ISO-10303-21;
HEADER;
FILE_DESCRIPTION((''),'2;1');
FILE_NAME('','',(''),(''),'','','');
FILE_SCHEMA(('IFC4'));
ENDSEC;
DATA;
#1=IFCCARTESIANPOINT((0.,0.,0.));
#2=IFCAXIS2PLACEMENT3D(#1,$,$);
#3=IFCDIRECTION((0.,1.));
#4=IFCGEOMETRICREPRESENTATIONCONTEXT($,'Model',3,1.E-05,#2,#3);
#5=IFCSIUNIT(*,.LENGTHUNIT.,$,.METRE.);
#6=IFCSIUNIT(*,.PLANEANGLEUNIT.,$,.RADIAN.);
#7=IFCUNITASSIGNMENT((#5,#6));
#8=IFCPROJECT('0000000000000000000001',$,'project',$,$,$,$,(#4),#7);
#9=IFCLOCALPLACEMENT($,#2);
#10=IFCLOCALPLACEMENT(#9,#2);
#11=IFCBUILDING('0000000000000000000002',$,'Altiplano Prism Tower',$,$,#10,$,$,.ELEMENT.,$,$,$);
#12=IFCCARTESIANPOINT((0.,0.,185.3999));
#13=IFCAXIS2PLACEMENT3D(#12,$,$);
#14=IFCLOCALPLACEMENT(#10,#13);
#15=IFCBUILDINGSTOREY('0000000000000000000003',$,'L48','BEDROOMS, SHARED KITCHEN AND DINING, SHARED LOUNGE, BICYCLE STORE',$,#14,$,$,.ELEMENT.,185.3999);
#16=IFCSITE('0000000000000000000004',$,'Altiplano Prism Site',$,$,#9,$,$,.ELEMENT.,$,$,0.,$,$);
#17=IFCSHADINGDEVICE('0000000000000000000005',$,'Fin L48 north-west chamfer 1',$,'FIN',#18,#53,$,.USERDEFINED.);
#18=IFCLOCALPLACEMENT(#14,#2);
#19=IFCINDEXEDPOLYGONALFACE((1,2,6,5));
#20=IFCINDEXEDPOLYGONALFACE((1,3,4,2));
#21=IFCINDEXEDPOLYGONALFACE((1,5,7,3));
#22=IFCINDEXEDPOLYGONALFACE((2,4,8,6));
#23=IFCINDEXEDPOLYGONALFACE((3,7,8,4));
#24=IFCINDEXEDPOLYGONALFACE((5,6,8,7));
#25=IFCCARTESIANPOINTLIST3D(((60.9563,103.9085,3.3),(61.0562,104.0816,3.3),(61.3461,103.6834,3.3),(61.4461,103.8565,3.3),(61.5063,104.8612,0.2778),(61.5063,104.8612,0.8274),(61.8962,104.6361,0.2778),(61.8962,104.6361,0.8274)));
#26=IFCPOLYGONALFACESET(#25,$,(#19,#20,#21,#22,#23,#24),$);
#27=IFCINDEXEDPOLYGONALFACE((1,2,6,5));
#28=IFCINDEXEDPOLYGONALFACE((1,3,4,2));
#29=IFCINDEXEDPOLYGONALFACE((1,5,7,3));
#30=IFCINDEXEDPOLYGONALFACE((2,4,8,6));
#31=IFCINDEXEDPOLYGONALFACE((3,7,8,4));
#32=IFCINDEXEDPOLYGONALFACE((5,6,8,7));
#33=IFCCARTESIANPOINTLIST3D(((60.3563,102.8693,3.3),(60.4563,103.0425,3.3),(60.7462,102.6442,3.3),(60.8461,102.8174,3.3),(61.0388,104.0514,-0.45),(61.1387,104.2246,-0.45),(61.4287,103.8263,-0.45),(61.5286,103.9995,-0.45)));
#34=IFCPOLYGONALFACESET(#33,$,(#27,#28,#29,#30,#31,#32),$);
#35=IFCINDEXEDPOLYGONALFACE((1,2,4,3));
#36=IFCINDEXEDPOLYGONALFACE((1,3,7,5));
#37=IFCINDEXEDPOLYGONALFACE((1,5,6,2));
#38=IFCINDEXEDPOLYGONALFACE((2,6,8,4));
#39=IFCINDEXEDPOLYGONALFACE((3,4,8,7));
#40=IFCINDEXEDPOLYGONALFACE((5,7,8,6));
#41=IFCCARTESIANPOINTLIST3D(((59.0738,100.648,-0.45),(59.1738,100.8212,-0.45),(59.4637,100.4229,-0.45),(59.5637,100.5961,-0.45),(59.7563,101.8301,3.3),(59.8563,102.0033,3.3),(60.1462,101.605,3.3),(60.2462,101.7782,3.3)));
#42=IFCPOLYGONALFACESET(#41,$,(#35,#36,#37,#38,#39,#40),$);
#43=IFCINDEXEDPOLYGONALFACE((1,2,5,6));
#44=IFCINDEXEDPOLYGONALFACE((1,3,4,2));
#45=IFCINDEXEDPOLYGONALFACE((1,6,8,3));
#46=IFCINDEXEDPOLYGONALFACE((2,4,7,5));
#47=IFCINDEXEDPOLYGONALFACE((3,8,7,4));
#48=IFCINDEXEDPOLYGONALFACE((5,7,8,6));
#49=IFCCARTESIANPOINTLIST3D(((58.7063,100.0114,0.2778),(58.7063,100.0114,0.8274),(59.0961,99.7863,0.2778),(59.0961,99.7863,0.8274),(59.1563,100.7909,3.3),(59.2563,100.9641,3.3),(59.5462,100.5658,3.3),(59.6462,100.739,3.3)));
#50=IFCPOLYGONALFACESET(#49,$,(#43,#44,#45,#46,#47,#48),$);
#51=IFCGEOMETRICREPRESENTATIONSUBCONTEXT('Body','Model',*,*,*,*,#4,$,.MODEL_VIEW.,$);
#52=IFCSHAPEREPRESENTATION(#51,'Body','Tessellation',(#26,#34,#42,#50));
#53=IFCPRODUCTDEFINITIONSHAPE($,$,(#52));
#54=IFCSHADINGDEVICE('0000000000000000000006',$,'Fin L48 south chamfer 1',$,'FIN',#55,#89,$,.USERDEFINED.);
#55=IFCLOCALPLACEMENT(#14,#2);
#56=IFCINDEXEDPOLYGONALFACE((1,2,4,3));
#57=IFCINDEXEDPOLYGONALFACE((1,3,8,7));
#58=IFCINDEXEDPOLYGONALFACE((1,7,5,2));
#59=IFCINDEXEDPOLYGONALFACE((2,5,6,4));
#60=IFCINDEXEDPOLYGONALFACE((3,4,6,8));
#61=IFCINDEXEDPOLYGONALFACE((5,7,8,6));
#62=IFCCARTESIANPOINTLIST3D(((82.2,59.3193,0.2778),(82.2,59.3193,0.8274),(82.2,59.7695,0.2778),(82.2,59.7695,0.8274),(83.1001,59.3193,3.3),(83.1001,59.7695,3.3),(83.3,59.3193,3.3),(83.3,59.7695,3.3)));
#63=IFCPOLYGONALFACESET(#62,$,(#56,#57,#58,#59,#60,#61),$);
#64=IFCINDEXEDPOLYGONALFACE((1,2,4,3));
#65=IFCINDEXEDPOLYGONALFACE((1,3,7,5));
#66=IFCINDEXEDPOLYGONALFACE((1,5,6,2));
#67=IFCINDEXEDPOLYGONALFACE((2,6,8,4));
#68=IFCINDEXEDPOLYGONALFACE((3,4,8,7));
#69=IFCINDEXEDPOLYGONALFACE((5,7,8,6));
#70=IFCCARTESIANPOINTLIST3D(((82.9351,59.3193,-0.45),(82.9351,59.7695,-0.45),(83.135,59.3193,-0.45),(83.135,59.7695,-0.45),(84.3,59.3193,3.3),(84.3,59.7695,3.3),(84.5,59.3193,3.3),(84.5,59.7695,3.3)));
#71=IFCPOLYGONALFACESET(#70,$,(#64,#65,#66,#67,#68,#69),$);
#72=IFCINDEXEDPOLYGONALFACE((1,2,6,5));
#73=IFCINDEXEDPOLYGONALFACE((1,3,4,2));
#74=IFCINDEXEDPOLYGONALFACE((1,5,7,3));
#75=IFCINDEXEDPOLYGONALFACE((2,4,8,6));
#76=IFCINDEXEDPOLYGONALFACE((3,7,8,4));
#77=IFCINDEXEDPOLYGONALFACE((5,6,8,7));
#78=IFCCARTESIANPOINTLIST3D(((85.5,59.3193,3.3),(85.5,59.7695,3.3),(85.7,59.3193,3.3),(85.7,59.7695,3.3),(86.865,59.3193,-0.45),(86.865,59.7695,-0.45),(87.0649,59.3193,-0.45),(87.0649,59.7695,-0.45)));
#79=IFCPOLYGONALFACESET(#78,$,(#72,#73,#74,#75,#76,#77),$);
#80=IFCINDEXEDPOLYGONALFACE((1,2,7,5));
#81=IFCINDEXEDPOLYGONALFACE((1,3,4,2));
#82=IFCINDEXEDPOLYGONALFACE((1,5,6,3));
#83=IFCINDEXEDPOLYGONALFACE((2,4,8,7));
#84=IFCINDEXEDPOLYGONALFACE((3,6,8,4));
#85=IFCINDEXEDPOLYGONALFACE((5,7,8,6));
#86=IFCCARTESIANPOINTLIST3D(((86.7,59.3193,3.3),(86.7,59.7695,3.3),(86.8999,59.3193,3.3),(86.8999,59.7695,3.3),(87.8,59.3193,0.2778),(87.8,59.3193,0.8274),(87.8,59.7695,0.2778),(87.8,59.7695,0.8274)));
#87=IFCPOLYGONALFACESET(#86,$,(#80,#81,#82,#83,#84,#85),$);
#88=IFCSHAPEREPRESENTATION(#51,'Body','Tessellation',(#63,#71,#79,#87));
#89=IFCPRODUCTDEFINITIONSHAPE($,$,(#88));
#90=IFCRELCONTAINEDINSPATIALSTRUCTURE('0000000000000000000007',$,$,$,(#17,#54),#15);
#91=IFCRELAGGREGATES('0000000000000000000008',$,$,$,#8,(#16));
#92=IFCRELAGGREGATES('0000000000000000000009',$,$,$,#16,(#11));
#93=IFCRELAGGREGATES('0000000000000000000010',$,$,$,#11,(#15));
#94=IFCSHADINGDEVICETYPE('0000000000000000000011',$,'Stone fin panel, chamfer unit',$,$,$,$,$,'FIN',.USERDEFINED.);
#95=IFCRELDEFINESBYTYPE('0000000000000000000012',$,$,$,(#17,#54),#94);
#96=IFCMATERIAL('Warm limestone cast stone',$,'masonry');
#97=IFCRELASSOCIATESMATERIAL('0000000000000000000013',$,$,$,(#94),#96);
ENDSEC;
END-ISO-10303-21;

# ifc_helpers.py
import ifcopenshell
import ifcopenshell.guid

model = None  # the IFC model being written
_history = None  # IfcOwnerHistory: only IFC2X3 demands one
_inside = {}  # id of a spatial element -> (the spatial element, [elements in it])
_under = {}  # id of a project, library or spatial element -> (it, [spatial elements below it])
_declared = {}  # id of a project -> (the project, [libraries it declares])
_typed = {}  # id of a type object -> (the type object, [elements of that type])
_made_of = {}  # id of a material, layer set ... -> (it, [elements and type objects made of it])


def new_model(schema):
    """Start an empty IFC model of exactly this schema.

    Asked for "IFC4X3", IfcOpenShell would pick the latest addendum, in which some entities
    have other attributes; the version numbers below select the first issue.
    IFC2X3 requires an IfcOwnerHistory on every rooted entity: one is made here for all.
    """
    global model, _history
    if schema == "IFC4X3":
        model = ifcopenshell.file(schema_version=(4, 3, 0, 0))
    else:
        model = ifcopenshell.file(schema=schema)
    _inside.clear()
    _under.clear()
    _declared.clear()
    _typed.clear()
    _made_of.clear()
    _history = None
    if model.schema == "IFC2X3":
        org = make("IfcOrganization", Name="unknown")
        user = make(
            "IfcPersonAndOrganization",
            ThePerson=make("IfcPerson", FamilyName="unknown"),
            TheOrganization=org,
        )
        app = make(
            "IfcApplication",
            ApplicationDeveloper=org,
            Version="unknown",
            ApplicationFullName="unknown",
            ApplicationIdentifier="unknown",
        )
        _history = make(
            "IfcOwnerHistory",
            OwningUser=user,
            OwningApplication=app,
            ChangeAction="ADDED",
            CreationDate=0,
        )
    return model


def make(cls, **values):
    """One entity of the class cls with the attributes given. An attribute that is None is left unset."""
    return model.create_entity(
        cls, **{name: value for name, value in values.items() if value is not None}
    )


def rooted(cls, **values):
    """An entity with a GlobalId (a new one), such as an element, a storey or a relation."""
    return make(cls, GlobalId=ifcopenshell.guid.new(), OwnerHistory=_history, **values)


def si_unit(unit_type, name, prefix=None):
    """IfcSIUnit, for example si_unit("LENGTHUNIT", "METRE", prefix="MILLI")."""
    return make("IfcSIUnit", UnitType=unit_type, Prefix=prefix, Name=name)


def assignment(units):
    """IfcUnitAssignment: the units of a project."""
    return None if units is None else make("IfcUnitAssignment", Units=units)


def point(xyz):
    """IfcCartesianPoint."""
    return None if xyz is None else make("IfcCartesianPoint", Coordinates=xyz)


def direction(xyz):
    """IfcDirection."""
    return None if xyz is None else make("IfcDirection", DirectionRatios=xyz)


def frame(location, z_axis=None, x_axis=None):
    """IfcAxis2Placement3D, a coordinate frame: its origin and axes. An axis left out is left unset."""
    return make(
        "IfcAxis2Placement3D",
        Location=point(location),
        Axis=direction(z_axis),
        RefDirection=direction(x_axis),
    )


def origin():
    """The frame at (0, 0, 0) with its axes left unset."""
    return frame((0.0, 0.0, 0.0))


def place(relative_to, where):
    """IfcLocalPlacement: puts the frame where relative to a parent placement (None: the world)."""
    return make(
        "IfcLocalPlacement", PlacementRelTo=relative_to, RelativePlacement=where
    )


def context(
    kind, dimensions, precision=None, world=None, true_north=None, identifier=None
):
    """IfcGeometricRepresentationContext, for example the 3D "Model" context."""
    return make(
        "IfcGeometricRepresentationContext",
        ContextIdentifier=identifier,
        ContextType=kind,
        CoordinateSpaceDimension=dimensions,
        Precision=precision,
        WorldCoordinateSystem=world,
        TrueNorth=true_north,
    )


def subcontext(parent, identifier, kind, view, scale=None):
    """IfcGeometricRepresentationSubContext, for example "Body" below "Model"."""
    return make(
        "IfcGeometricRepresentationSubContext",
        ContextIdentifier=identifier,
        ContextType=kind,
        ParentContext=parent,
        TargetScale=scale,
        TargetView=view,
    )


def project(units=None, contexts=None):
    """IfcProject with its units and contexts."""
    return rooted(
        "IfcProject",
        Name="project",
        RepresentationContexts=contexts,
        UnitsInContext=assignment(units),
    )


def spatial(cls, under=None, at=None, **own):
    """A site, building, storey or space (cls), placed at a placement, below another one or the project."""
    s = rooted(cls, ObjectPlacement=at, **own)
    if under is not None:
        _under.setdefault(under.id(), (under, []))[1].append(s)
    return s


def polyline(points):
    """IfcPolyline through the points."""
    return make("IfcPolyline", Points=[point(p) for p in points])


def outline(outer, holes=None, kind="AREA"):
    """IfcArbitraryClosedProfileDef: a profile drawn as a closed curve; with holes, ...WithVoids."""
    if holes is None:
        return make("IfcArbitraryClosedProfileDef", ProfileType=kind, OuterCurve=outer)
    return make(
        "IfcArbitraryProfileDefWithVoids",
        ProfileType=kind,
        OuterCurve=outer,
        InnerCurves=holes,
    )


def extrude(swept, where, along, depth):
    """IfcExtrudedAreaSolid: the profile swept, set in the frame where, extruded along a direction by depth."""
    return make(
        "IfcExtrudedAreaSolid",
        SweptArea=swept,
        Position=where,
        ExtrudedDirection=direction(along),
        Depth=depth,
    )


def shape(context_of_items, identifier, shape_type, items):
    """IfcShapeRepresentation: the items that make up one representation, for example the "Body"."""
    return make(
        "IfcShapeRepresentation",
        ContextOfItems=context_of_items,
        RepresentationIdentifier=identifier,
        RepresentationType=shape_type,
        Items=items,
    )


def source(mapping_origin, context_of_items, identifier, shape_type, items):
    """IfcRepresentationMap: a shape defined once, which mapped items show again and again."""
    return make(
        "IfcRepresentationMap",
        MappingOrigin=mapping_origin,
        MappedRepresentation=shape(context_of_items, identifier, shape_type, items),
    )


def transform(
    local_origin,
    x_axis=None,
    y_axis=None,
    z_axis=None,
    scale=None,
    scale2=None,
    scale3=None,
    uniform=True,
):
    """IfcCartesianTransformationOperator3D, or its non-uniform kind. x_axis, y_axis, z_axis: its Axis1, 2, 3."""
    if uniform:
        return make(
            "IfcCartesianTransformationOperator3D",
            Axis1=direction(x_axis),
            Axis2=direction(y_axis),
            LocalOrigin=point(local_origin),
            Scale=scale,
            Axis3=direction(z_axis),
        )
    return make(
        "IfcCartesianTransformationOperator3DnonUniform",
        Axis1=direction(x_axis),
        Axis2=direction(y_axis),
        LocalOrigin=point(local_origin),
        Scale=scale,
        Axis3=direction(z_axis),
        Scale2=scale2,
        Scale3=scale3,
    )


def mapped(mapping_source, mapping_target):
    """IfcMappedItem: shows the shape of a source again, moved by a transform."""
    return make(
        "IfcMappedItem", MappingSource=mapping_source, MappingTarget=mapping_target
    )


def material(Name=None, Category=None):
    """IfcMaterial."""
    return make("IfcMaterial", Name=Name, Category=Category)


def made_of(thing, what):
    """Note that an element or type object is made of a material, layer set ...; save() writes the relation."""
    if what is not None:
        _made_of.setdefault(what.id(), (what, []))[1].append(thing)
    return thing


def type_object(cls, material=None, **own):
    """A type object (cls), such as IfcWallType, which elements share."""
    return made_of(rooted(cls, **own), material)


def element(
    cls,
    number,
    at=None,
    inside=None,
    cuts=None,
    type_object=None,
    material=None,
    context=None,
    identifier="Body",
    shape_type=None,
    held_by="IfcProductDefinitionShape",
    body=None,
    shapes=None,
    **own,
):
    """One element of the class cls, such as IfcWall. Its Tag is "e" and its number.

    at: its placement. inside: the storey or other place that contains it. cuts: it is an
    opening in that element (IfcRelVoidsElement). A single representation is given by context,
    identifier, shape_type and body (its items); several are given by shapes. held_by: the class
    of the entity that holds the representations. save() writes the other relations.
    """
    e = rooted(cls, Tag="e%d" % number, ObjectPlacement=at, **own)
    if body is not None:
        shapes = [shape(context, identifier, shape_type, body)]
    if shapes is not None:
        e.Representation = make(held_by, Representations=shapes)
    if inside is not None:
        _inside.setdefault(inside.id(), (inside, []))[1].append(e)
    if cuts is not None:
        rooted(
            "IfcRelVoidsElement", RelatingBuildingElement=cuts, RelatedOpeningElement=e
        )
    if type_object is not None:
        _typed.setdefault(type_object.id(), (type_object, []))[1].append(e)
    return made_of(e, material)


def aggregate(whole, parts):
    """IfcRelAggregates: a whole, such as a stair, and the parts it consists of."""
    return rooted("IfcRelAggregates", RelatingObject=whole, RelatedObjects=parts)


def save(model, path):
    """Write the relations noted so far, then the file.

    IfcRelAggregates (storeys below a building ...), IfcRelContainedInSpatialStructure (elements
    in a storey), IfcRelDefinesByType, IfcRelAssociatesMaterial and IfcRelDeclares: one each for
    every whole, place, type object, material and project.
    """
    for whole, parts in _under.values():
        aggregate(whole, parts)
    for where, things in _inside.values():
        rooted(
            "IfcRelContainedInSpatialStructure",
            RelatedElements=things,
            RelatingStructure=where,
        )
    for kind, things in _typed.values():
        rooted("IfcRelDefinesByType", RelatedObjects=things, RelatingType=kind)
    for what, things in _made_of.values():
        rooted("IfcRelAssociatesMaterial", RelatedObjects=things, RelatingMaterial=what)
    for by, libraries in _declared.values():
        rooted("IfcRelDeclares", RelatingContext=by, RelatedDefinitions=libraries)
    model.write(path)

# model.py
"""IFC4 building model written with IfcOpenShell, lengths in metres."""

from ifc_helpers import new_model, si_unit, direction, frame, origin, place, context, subcontext, project, spatial, polyline, outline, extrude, source, transform, mapped, material, type_object, element, save


model = new_model("IFC4")

# Units and contexts
model_context = context("Model", 3, precision=1e-05, world=origin(), true_north=direction((0.0, 1.0)))
body_context = subcontext(model_context, "Body", "Model", "MODEL_VIEW")
ifc_project = project(units=[si_unit("LENGTHUNIT", "METRE"), si_unit("PLANEANGLEUNIT", "RADIAN")], contexts=[model_context])

# Site, building, storey
site_placement = place(None, origin())
site = spatial("IfcSite", under=ifc_project, at=site_placement, Name="Altiplano Prism Site", CompositionType="ELEMENT", RefElevation=0.0)
building_placement = place(site_placement, origin())
building = spatial("IfcBuilding", under=site, at=building_placement, Name="Altiplano Prism Tower", CompositionType="ELEMENT")
storey_placement = place(building_placement, frame((0.0, 0.0, 185.3999)))
storey = spatial("IfcBuildingStorey", under=building, at=storey_placement, Name="L48", Description="BEDROOMS, SHARED KITCHEN AND DINING, SHARED LOUNGE, BICYCLE STORE", CompositionType="ELEMENT", Elevation=185.3999)

# Shading devices
ifc_material_1 = material(Name="Warm limestone cast stone", Category="masonry")
shading_device_type_1 = type_object("IfcShadingDeviceType", Name="Stone fin panel, chamfer unit", ElementType="FIN", PredefinedType="USERDEFINED", material=ifc_material_1)
shared_shape_1 = source(origin(), body_context, "Body", "SweptSolid", [
    extrude(outline(polyline([(-2.8, 0.7278), (-1.7, 3.75), (-1.8999, 3.75), (-2.8, 1.2773), (-2.8, 0.7278)])), frame((0.0, -0.1499, 0.0), z_axis=(0.0, -1.0, 0.0), x_axis=(1.0, 0.0, 0.0)), (0.0, 0.0, 1.0), 0.4502),
    extrude(outline(polyline([(-2.0649, 0.0), (-1.865, 0.0), (-0.5, 3.75), (-0.7, 3.75), (-2.0649, 0.0)])), frame((0.0, -0.1499, 0.0), z_axis=(0.0, -1.0, 0.0), x_axis=(1.0, 0.0, 0.0)), (0.0, 0.0, 1.0), 0.4502),
    extrude(outline(polyline([(1.865, 0.0), (2.0649, 0.0), (0.7, 3.75), (0.5, 3.75), (1.865, 0.0)])), frame((0.0, -0.1499, 0.0), z_axis=(0.0, -1.0, 0.0), x_axis=(1.0, 0.0, 0.0)), (0.0, 0.0, 1.0), 0.4502),
    extrude(outline(polyline([(2.8, 1.2773), (1.8999, 3.75), (1.7, 3.75), (2.8, 0.7278), (2.8, 1.2773)])), frame((0.0, -0.1499, 0.0), z_axis=(0.0, -1.0, 0.0), x_axis=(1.0, 0.0, 0.0)), (0.0, 0.0, 1.0), 0.4502),
])
shading_device_1_placement = place(storey_placement, origin())
element("IfcShadingDevice", 1, at=shading_device_1_placement, inside=storey, type_object=shading_device_type_1, Name="Fin L48 north-west chamfer 1", ObjectType="FIN", PredefinedType="USERDEFINED", context=body_context, shape_type="MappedRepresentation", body=[
    mapped(shared_shape_1, transform((60.626, 102.1362, -0.45), x_axis=(-0.5, -0.866025, 0.0), y_axis=(0.866025, -0.5, 0.0), z_axis=(0.0, 0.0, 1.0))),
])
shading_device_2_placement = place(storey_placement, origin())
element("IfcShadingDevice", 2, at=shading_device_2_placement, inside=storey, type_object=shading_device_type_1, Name="Fin L48 south chamfer 1", ObjectType="FIN", PredefinedType="USERDEFINED", context=body_context, shape_type="MappedRepresentation", body=[
    mapped(shared_shape_1, transform((85.0, 59.9194, -0.45), x_axis=(1.0, 0.0, 0.0), y_axis=(0.0, 1.0, 0.0), z_axis=(0.0, 0.0, 1.0))),
])

save(model, "model.ifc")
